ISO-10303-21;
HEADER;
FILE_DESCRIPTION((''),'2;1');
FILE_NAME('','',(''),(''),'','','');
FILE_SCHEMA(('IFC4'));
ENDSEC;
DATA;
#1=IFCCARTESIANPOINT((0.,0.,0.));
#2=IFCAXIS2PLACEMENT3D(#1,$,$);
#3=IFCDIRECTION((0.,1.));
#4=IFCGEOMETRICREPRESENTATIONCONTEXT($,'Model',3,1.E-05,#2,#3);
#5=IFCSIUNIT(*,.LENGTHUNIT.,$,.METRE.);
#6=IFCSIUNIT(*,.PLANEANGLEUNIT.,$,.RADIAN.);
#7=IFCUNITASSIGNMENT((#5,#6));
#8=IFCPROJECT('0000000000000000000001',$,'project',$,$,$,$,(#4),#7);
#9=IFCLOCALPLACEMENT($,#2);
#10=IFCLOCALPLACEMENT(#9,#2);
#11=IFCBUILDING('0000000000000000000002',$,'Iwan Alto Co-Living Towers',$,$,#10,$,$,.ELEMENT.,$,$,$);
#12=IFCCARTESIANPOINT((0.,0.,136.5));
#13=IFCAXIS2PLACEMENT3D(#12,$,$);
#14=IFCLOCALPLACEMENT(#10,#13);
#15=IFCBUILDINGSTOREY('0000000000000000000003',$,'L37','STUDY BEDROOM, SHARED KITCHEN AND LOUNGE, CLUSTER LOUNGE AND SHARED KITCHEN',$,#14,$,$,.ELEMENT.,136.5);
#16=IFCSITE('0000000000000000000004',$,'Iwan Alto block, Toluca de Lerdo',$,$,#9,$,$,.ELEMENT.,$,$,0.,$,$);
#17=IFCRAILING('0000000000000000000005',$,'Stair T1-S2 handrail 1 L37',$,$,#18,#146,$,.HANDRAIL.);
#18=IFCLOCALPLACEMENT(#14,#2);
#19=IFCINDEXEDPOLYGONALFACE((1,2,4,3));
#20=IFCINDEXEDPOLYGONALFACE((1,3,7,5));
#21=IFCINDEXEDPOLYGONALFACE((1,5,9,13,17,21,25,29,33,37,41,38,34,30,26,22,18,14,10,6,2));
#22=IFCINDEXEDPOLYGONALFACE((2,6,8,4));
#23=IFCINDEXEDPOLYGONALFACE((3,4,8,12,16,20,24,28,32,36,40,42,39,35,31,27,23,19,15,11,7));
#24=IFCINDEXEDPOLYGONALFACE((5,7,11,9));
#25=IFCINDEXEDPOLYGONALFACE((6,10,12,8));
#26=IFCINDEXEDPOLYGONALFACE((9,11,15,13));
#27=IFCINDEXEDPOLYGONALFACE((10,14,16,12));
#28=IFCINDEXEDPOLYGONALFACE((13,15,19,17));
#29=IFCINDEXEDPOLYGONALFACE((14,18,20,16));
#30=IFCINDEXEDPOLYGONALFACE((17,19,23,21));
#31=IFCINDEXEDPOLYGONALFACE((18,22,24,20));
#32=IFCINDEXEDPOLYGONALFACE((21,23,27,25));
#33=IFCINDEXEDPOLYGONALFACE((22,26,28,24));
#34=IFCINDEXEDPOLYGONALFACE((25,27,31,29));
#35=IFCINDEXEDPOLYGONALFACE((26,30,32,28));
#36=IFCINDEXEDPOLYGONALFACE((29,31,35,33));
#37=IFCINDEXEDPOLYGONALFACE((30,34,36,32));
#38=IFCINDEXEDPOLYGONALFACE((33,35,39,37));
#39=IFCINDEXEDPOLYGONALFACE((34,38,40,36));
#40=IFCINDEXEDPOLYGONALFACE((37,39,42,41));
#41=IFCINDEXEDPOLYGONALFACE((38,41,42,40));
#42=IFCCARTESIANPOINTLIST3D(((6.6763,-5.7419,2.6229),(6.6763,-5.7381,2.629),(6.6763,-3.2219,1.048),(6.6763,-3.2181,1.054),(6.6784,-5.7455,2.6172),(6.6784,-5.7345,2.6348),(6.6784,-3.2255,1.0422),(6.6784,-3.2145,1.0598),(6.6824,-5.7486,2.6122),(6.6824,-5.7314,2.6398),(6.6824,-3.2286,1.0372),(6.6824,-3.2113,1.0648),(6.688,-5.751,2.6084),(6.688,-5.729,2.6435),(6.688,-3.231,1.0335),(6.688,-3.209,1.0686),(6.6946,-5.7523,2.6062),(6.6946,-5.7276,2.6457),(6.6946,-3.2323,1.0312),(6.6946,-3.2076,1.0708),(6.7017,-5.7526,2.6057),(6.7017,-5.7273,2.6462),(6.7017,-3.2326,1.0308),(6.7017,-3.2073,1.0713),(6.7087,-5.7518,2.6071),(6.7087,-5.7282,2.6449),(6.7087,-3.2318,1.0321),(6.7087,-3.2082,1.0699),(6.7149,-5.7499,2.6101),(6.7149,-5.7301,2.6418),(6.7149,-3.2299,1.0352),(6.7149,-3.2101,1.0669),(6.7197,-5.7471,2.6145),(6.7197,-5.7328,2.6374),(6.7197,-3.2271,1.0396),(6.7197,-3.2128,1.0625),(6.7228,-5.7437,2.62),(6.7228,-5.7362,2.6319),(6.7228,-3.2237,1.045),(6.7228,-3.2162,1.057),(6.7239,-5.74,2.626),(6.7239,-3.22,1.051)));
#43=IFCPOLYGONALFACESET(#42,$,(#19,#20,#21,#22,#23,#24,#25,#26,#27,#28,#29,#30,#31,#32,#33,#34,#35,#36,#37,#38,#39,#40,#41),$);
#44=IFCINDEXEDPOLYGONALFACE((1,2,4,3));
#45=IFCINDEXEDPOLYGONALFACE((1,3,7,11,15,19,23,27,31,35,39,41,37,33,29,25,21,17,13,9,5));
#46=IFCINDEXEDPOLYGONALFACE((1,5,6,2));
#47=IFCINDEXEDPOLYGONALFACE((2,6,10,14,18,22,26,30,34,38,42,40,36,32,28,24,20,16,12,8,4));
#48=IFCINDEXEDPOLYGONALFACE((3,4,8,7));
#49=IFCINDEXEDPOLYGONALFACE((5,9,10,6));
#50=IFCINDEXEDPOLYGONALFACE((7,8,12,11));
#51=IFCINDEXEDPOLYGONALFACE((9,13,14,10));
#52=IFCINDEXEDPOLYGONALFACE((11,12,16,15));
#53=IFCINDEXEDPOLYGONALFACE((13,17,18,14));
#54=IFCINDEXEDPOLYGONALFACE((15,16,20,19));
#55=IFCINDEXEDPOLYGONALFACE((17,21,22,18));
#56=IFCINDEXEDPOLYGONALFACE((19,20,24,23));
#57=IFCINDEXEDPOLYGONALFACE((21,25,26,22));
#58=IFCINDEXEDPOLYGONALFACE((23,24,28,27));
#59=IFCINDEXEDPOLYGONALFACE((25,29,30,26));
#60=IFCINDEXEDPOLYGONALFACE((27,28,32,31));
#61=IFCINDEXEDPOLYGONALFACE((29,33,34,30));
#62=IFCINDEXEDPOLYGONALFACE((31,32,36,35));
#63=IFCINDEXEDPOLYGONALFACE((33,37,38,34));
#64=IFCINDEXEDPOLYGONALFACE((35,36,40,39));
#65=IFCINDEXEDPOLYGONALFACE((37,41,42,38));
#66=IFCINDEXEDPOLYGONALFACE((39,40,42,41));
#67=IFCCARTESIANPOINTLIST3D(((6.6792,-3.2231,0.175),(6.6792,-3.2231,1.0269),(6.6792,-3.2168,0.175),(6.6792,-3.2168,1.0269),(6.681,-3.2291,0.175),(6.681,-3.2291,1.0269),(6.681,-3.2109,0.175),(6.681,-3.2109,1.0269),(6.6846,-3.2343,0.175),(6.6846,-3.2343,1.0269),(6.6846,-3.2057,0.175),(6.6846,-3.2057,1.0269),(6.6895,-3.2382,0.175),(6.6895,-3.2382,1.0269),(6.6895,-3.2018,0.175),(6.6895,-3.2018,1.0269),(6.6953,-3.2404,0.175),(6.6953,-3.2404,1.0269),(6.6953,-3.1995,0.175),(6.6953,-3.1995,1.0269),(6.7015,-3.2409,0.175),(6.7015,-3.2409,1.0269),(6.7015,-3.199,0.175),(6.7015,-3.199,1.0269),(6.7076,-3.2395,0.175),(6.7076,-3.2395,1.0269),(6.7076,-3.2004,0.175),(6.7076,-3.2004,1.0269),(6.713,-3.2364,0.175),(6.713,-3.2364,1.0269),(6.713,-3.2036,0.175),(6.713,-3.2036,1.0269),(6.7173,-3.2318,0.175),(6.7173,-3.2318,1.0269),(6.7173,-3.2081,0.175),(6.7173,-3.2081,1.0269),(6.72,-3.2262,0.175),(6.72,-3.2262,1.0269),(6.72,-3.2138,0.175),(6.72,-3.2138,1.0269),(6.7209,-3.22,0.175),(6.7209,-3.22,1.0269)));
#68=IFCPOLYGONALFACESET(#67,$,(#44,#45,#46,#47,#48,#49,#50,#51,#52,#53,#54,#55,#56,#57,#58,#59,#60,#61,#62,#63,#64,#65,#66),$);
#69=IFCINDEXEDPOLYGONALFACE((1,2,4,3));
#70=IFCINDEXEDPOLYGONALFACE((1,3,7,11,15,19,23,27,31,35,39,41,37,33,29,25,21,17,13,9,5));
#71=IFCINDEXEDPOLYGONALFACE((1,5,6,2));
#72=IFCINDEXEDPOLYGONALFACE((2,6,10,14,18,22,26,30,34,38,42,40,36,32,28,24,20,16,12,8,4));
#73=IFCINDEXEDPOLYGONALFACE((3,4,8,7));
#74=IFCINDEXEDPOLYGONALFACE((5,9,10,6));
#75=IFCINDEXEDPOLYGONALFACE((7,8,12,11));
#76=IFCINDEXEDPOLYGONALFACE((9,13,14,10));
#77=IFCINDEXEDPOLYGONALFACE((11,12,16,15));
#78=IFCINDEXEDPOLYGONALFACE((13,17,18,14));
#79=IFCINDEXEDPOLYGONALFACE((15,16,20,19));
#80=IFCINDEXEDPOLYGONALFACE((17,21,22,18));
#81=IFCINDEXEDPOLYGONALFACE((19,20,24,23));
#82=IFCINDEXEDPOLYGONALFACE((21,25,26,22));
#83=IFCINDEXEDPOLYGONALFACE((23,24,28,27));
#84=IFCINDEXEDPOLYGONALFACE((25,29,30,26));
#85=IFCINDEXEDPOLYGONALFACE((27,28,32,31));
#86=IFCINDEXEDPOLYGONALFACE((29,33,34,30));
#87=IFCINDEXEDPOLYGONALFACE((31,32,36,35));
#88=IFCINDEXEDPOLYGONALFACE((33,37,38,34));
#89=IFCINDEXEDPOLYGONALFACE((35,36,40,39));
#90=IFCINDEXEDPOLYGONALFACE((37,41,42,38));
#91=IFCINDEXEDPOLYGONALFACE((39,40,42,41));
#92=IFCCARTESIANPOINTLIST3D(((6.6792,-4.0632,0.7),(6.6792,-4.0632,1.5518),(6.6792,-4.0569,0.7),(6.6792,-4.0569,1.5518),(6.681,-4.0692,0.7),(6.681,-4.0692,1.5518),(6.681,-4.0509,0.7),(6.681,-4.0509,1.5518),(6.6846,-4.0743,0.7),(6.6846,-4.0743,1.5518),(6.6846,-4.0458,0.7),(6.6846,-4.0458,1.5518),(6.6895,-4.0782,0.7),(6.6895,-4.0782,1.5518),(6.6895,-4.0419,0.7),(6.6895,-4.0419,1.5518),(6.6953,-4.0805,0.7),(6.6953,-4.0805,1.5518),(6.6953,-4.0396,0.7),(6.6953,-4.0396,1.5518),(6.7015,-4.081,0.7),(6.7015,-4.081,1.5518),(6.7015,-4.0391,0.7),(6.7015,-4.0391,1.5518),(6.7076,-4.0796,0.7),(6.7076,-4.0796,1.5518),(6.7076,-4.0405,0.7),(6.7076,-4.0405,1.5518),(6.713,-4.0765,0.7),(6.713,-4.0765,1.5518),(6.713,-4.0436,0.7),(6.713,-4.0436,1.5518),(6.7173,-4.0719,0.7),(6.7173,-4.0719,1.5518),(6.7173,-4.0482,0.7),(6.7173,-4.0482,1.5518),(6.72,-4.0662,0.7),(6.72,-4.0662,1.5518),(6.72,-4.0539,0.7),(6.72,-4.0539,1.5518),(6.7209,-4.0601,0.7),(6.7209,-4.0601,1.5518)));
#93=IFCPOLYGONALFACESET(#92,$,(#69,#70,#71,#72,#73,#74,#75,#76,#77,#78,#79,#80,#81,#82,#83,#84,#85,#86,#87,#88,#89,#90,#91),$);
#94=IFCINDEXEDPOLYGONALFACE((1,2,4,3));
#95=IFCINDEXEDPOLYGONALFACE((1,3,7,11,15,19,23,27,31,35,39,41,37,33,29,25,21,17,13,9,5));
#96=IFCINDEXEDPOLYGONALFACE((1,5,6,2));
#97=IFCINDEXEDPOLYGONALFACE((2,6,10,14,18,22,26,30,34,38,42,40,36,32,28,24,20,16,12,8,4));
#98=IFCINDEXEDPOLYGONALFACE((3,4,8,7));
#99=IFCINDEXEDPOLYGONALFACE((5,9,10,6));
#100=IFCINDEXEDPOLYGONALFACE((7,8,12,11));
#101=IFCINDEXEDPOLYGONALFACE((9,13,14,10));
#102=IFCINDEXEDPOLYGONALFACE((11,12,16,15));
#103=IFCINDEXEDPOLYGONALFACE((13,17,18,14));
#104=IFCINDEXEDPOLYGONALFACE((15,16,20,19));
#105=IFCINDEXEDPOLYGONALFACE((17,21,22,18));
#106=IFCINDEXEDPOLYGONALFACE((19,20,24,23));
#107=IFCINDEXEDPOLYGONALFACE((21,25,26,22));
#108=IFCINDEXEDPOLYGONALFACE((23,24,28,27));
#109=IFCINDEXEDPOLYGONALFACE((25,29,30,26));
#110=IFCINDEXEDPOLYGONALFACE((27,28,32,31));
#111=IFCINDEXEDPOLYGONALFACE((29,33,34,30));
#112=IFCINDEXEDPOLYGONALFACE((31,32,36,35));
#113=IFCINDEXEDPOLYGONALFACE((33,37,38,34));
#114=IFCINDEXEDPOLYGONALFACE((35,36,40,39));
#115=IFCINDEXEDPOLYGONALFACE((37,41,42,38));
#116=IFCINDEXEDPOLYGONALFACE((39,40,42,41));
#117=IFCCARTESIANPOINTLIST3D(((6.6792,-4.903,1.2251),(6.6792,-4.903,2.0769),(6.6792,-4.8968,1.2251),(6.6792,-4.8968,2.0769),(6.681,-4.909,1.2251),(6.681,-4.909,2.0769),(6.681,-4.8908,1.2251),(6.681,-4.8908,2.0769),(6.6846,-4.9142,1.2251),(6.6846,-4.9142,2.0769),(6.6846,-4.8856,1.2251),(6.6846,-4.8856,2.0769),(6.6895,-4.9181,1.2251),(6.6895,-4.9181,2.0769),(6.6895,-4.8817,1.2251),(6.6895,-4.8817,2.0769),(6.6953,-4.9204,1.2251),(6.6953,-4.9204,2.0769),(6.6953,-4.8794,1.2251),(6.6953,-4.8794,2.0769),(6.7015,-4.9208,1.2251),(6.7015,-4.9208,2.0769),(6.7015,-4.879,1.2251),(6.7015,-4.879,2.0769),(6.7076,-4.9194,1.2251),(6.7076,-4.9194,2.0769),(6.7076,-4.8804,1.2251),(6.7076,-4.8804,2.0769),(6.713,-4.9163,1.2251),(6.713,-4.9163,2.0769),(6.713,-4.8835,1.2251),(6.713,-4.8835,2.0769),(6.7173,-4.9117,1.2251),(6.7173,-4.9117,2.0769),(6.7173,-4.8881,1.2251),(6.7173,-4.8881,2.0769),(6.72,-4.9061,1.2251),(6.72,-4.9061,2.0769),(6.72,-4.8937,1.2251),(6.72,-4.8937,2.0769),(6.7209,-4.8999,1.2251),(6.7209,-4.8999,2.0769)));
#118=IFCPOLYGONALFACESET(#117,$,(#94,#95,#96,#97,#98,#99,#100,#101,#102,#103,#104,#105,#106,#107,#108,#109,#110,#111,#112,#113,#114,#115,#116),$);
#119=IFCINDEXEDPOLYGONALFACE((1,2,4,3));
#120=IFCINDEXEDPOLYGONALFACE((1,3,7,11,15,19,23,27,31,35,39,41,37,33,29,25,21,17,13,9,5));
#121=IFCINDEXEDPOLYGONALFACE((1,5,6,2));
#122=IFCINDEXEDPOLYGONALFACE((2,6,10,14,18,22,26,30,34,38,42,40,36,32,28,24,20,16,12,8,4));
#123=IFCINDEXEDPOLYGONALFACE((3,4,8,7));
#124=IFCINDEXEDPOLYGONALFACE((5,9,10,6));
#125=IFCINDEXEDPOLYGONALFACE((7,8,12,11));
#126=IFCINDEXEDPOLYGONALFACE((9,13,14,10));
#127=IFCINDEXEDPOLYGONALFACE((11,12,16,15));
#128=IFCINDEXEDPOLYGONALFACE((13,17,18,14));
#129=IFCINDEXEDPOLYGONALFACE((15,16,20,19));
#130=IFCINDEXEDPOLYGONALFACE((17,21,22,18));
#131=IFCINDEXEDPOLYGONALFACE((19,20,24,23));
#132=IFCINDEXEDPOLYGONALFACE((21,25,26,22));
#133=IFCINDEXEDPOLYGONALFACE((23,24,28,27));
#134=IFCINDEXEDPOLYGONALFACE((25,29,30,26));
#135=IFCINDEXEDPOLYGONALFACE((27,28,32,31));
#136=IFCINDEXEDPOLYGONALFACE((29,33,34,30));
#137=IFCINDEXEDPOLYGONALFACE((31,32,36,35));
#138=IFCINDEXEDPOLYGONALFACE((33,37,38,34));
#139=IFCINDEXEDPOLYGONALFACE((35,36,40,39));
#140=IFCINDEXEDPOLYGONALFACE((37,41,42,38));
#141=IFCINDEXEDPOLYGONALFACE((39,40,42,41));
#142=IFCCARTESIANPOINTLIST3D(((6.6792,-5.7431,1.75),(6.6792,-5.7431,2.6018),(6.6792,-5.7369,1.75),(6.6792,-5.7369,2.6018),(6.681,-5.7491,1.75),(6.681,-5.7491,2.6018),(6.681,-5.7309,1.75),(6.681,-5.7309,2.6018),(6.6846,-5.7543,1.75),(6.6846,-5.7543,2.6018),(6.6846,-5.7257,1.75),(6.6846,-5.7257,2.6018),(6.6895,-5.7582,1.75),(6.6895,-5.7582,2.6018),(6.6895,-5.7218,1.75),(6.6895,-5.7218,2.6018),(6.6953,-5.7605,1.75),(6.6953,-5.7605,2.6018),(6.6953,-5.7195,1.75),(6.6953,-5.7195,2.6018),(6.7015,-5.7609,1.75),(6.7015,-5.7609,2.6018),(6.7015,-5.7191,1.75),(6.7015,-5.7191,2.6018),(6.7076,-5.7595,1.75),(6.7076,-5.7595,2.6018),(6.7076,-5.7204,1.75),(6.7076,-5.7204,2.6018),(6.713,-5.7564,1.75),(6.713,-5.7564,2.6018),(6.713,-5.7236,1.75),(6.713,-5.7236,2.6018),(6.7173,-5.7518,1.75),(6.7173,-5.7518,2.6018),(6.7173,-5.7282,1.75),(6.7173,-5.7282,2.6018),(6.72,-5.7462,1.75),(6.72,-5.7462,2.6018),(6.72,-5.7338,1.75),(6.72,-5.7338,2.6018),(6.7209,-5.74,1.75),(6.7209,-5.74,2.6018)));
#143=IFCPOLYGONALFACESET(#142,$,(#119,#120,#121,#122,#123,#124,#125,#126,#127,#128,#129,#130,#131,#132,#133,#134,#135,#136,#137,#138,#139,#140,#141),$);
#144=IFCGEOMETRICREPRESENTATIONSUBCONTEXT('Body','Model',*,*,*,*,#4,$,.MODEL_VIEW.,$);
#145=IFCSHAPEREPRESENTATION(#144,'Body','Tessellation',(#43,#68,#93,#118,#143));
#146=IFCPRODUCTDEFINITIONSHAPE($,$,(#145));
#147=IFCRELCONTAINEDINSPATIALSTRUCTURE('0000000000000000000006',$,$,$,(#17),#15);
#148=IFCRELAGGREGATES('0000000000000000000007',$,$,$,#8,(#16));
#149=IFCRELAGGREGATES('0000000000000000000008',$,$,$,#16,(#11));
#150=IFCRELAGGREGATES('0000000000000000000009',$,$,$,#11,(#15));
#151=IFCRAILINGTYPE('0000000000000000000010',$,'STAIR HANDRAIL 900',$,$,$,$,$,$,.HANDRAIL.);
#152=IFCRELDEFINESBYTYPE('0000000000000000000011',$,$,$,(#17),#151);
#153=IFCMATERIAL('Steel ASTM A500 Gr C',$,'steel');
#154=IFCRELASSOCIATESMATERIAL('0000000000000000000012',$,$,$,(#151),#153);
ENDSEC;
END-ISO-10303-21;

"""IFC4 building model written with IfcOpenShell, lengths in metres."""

from ifc_helpers import new_model, si_unit, direction, frame, origin, origin_2d, place, context, subcontext, project, spatial, circle, extrude, material, type_object, element, save


model = new_model("IFC4")

# Units and contexts
model_context = context("Model", 3, precision=1e-05, world=origin(), true_north=direction((0.0, 1.0)))
body_context = subcontext(model_context, "Body", "Model", "MODEL_VIEW")
ifc_project = project(units=[si_unit("LENGTHUNIT", "METRE"), si_unit("PLANEANGLEUNIT", "RADIAN")], contexts=[model_context])

# Site, building, storey
site_placement = place(None, origin())
site = spatial("IfcSite", under=ifc_project, at=site_placement, Name="Iwan Alto block, Toluca de Lerdo", CompositionType="ELEMENT", RefElevation=0.0)
building_placement = place(site_placement, origin())
building = spatial("IfcBuilding", under=site, at=building_placement, Name="Iwan Alto Co-Living Towers", CompositionType="ELEMENT")
storey_placement = place(building_placement, frame((0.0, 0.0, 136.5)))
storey = spatial("IfcBuildingStorey", under=building, at=storey_placement, Name="L37", Description="STUDY BEDROOM, SHARED KITCHEN AND LOUNGE, CLUSTER LOUNGE AND SHARED KITCHEN", CompositionType="ELEMENT", Elevation=136.5)

# Railing
ifc_material_1 = material(Name="Steel ASTM A500 Gr C", Category="steel")
railing_type_1 = type_object("IfcRailingType", Name="STAIR HANDRAIL 900", PredefinedType="HANDRAIL", material=ifc_material_1)
railing_1_placement = place(storey_placement, frame((6.7, -3.22, 0.175)))
element("IfcRailing", 1, at=railing_1_placement, inside=storey, type_object=railing_type_1, Name="Stair T1-S2 handrail 1 L37", PredefinedType="HANDRAIL", context=body_context, shape_type="SweptSolid", body=[
    extrude(circle(Radius=0.0239, at=origin_2d()), frame((0.0, 0.0, 0.876), z_axis=(0.0, -0.848008, 0.529984), x_axis=(1.0, 0.0, 0.0)), (0.0, 0.0, 1.0), 2.9717),
    extrude(circle(Radius=0.021, at=origin_2d()), origin(), (0.0, 0.0, 1.0), 0.8518),
    extrude(circle(Radius=0.021, at=origin_2d()), frame((0.0, -0.8401, 0.5249)), (0.0, 0.0, 1.0), 0.8518),
    extrude(circle(Radius=0.021, at=origin_2d()), frame((0.0, -1.6799, 1.05)), (0.0, 0.0, 1.0), 0.8518),
    extrude(circle(Radius=0.021, at=origin_2d()), frame((0.0, -2.52, 1.575)), (0.0, 0.0, 1.0), 0.8518),
])

save(model, "model.ifc")
